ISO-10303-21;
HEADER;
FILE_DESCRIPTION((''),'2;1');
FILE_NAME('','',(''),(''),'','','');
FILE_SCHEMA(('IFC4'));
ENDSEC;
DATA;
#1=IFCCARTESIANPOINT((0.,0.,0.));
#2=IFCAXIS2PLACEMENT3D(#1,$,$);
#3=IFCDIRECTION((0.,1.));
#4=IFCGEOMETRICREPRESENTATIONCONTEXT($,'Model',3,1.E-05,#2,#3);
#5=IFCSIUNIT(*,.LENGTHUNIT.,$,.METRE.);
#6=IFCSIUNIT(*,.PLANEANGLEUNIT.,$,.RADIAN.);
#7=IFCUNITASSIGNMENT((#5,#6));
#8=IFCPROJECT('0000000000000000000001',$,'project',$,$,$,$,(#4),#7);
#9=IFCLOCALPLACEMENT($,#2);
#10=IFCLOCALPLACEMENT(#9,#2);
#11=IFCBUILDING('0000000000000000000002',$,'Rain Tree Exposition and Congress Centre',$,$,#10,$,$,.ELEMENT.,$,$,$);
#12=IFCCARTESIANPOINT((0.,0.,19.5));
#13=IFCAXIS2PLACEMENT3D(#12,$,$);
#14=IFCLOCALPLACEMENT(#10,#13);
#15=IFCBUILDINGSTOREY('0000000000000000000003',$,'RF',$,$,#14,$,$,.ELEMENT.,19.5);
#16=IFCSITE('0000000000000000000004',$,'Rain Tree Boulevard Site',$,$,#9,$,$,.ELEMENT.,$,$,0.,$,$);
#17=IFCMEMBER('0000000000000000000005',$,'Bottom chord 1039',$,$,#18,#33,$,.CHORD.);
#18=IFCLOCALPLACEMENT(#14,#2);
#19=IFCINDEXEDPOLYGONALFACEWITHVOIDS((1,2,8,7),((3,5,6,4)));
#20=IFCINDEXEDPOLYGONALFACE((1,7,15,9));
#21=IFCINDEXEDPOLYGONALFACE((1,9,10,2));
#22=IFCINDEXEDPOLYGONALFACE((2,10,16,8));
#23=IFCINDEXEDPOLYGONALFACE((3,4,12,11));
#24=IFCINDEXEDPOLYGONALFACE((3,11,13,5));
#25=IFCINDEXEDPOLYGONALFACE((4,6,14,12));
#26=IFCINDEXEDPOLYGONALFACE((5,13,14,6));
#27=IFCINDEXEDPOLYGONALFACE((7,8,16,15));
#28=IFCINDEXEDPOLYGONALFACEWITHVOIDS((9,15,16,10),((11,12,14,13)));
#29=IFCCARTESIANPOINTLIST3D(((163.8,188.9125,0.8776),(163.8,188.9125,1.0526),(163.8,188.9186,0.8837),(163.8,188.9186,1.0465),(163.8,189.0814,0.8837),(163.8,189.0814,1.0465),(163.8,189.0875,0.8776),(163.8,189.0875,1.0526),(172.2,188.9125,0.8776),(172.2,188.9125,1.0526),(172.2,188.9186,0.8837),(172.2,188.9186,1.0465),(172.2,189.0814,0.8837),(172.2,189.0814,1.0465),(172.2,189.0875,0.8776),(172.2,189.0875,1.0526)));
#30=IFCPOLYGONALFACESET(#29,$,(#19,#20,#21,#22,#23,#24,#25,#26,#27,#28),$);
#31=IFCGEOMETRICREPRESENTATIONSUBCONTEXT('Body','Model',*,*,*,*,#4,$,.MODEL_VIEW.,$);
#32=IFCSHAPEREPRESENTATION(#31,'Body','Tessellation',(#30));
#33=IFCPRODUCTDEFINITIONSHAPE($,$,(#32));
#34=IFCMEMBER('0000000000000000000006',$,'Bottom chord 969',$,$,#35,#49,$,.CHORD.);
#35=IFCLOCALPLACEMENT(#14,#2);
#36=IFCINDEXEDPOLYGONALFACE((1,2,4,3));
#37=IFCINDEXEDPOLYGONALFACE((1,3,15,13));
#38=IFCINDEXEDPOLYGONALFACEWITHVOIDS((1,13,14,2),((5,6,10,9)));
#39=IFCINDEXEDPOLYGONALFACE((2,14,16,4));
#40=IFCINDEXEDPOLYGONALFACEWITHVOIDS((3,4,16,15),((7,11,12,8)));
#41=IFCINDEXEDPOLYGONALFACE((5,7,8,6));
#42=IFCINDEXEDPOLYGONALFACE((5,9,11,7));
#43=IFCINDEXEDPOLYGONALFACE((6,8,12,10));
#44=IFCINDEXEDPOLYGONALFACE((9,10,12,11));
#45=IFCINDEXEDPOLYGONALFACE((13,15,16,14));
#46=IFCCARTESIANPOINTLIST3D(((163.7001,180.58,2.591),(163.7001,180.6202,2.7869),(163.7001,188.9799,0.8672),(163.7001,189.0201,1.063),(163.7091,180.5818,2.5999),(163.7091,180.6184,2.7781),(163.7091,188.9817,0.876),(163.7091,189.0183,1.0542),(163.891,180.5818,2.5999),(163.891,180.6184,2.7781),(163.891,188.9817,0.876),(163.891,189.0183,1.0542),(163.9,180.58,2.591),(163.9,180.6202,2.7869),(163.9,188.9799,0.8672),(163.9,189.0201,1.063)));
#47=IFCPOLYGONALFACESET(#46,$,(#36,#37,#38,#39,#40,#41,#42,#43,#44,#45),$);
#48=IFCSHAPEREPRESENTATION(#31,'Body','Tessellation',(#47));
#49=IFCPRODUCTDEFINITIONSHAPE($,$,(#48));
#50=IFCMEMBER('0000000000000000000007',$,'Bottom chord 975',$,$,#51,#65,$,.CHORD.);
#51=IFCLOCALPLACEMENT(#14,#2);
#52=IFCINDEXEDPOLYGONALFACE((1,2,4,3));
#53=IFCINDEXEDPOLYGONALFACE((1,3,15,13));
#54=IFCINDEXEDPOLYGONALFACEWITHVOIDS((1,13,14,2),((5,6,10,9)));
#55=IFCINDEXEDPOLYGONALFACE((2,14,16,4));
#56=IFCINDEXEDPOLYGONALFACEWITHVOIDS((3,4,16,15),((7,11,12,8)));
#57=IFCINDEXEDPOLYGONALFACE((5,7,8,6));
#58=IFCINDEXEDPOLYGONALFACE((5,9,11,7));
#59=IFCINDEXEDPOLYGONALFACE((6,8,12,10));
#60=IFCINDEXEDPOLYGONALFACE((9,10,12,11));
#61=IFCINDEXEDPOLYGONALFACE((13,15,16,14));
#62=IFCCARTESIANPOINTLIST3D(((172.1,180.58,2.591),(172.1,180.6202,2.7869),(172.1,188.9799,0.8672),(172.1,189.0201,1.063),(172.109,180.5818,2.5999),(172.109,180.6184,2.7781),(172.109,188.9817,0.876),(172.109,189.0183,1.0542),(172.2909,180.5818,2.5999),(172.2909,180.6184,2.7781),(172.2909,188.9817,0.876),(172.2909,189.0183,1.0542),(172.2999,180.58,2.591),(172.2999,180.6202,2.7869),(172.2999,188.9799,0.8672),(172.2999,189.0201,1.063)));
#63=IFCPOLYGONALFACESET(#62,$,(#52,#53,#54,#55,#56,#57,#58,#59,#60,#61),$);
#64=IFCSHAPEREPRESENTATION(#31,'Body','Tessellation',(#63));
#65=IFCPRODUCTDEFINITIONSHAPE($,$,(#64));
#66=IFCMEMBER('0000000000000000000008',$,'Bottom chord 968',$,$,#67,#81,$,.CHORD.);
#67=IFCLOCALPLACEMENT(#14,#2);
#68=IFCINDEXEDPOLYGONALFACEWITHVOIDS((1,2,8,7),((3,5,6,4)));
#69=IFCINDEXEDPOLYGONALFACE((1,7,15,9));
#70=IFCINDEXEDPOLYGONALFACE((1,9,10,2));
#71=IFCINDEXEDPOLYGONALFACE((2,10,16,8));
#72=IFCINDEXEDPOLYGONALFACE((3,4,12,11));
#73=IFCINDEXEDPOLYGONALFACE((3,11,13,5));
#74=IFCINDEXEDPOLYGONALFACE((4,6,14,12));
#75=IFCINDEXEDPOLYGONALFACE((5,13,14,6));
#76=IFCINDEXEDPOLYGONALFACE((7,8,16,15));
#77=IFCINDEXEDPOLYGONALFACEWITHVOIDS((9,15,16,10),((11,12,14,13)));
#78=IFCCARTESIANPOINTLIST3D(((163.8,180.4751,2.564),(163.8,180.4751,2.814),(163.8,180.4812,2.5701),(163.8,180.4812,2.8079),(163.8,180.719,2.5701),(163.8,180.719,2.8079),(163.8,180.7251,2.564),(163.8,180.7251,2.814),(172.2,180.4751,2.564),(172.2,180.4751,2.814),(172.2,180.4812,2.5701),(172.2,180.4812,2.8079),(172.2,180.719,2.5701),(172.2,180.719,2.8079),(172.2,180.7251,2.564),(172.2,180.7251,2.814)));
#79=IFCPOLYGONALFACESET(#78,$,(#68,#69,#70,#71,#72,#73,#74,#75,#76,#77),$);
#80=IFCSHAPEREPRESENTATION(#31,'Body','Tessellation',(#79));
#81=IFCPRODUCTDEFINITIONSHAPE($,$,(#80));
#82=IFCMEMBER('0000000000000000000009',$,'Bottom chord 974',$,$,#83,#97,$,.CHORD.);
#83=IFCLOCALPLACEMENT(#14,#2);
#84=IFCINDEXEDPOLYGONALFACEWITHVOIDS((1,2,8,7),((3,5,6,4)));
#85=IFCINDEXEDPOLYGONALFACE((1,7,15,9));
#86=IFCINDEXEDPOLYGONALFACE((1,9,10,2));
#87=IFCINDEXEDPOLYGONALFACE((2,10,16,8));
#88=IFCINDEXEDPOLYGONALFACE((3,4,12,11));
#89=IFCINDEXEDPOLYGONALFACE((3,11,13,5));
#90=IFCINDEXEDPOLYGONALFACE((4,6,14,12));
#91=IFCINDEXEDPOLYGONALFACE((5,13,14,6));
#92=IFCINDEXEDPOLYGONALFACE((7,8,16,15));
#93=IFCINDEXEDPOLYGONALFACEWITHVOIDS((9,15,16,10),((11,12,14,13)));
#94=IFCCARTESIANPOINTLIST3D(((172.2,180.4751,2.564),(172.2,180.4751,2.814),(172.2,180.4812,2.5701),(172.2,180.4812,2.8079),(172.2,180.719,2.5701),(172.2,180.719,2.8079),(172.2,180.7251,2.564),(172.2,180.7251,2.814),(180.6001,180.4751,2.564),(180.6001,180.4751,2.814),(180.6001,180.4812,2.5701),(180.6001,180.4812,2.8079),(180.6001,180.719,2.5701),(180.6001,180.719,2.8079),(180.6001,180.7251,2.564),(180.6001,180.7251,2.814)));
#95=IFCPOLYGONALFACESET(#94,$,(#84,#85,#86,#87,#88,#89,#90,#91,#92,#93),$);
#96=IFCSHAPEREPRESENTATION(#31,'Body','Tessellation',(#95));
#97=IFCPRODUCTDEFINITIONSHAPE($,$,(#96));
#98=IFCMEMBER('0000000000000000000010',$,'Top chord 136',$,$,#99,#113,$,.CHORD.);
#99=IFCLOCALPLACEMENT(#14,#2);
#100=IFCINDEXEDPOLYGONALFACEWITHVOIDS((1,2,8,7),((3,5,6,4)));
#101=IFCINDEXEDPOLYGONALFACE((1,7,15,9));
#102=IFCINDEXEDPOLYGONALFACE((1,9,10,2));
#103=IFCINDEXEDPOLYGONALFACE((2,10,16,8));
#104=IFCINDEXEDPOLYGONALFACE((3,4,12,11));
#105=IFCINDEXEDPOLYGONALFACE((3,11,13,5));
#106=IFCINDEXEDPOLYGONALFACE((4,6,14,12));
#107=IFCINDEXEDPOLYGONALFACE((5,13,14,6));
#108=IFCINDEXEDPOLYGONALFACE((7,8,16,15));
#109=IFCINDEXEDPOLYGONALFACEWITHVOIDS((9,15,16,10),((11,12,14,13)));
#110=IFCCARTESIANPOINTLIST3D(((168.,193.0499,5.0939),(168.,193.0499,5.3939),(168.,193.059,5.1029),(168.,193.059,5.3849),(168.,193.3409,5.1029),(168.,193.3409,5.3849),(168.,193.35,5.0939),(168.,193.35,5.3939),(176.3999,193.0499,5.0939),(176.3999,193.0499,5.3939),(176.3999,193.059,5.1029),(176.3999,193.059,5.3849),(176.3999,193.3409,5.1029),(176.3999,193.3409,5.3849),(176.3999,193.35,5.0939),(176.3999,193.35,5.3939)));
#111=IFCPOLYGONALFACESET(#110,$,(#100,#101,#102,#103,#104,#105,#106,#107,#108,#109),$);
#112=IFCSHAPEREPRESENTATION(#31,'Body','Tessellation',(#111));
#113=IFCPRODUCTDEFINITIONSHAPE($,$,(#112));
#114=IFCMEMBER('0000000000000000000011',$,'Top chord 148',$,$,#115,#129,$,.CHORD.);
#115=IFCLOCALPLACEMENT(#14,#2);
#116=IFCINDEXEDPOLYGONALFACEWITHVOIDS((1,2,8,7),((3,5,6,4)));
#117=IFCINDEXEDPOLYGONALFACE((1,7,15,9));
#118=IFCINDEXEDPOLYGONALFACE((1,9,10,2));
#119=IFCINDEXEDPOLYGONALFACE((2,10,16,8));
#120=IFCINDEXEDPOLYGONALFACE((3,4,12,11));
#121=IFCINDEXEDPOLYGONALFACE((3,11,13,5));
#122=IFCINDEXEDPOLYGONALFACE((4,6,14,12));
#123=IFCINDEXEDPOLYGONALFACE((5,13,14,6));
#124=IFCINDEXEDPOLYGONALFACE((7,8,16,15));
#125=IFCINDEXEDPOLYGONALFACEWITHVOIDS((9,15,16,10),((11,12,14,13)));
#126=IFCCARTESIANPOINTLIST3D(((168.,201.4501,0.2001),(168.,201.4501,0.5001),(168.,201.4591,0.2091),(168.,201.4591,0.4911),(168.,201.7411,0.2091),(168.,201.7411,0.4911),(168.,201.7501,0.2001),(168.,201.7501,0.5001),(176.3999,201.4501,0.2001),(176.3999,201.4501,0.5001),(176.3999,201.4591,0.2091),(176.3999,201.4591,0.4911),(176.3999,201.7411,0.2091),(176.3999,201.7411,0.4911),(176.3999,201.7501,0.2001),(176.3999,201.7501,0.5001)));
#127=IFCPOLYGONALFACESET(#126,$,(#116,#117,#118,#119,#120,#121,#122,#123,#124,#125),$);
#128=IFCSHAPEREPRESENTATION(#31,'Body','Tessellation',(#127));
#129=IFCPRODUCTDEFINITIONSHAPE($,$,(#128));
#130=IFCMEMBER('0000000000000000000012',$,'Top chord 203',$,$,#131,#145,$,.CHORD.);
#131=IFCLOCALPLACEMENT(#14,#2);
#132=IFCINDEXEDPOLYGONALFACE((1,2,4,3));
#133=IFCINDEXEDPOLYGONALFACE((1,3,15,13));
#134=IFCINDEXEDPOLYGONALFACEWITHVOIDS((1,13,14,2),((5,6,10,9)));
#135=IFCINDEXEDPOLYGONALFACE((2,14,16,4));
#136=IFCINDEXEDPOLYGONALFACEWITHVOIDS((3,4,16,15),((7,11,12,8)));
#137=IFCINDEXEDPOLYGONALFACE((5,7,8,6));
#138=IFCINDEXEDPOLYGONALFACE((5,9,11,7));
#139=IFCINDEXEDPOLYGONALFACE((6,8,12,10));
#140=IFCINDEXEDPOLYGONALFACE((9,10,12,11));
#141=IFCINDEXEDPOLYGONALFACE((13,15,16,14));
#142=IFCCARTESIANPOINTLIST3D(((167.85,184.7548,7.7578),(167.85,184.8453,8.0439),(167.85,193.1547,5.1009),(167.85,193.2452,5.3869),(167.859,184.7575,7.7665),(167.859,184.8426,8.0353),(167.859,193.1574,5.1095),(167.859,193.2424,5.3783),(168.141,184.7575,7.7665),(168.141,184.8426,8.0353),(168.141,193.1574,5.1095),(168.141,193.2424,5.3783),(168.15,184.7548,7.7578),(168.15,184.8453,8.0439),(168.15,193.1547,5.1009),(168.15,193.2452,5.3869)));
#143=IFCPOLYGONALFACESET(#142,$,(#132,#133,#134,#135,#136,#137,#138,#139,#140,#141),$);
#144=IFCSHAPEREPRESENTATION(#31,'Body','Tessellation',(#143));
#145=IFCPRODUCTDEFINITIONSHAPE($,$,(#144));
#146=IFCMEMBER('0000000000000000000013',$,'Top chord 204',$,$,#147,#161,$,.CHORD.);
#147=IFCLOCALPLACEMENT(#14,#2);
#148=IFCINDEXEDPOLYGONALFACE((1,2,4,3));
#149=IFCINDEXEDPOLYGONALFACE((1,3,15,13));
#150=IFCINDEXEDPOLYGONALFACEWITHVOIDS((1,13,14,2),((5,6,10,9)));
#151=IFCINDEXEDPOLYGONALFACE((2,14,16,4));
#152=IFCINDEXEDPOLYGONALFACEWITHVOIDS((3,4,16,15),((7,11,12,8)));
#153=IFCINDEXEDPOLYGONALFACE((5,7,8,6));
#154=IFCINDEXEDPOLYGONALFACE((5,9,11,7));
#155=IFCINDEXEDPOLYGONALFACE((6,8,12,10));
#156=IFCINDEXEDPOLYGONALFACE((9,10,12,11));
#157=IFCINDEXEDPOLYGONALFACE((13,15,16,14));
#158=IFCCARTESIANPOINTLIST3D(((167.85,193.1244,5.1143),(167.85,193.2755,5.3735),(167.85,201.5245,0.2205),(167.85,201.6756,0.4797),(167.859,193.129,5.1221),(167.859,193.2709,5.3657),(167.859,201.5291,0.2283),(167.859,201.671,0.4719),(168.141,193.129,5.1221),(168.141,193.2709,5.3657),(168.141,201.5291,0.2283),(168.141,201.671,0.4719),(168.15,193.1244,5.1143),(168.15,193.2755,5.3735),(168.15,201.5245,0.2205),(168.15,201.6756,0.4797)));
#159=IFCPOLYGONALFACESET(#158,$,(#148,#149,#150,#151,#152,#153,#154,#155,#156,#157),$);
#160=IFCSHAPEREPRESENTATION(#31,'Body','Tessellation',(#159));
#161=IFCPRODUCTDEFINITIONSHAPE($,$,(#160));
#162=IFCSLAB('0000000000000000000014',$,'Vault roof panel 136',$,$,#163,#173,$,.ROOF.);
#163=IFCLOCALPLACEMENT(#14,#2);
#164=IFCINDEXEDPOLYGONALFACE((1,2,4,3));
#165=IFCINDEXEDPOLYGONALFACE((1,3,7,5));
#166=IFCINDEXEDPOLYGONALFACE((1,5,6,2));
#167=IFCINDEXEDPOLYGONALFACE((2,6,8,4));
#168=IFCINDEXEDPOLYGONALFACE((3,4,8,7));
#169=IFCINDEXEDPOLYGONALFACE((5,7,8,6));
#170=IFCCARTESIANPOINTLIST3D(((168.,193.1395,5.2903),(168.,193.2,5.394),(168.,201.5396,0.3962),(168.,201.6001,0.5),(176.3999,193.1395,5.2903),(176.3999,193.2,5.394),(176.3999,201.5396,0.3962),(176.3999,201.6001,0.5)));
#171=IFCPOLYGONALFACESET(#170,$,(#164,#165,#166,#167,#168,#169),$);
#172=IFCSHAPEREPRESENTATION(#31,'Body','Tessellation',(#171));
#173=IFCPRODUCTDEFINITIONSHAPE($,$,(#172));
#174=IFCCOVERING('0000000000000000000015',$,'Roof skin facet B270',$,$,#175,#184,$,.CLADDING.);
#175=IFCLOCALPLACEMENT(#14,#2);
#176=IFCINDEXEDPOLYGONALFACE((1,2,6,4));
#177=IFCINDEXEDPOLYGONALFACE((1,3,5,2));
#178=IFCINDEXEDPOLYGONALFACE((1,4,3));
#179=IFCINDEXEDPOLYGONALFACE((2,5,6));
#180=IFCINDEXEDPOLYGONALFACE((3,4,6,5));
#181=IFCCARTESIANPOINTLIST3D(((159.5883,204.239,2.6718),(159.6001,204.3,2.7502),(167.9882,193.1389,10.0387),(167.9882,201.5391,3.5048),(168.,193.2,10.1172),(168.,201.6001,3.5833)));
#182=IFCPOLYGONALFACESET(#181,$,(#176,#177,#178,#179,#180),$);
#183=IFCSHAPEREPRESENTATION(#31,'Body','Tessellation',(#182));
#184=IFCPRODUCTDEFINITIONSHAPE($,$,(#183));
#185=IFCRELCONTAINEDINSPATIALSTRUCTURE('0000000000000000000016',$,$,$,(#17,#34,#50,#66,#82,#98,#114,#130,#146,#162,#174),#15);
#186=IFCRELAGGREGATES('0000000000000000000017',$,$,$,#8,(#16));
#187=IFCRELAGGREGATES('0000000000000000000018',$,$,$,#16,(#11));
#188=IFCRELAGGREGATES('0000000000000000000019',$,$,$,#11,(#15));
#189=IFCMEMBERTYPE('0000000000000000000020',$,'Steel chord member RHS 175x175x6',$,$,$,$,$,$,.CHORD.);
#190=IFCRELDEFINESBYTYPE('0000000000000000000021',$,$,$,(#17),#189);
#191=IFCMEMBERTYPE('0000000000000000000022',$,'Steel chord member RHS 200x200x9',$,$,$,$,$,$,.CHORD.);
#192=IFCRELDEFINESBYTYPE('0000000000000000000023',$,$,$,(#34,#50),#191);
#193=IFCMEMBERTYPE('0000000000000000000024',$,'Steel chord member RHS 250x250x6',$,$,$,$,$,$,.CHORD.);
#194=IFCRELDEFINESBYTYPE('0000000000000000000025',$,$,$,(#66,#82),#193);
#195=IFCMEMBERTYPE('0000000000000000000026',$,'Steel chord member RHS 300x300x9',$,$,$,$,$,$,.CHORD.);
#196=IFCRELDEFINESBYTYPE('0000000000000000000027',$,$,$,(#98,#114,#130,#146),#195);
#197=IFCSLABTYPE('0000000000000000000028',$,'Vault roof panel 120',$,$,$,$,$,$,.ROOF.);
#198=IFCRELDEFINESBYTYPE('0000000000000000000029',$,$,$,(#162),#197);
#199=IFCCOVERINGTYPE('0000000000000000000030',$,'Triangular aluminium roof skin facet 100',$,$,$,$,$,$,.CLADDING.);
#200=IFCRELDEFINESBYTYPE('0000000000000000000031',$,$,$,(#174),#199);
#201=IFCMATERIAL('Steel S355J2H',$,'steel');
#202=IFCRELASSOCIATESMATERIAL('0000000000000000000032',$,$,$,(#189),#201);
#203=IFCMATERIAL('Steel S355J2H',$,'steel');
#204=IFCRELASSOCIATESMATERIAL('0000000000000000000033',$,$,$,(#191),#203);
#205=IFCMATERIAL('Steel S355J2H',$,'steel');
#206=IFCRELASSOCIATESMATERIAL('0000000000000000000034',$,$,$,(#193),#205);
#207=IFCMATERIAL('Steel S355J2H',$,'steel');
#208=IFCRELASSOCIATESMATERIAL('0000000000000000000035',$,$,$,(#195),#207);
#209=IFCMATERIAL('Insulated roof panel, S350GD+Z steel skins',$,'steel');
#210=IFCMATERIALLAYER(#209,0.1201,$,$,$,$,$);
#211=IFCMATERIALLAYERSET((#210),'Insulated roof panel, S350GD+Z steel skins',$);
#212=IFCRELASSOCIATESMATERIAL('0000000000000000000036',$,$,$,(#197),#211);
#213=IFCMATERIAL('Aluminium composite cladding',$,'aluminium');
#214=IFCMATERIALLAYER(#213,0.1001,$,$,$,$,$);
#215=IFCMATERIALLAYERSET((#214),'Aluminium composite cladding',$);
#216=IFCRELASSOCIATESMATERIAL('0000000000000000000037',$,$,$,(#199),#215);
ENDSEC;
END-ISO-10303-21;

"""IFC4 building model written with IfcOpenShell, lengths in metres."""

from ifc_helpers import new_model, si_unit, direction, frame, origin, origin_2d, place, context, subcontext, project, spatial, polyline, hollow_rectangle, outline, extrude, material, layer, layer_set, material_profile, profile_set, type_object, element, save


model = new_model("IFC4")

# Units and contexts
model_context = context("Model", 3, precision=1e-05, world=origin(), true_north=direction((0.0, 1.0)))
body_context = subcontext(model_context, "Body", "Model", "MODEL_VIEW")
ifc_project = project(units=[si_unit("LENGTHUNIT", "METRE"), si_unit("PLANEANGLEUNIT", "RADIAN")], contexts=[model_context])

# Site, building, storey
site_placement = place(None, origin())
site = spatial("IfcSite", under=ifc_project, at=site_placement, Name="Rain Tree Boulevard Site", CompositionType="ELEMENT", RefElevation=0.0)
building_placement = place(site_placement, origin())
building = spatial("IfcBuilding", under=site, at=building_placement, Name="Rain Tree Exposition and Congress Centre", CompositionType="ELEMENT")
storey_placement = place(building_placement, frame((0.0, 0.0, 19.5)))
storey = spatial("IfcBuildingStorey", under=building, at=storey_placement, Name="RF", CompositionType="ELEMENT", Elevation=19.5)

# Members
ifc_material_1 = material(Name="Steel S355J2H", Category="steel")
ifc_material_profile_1 = material_profile(ifc_material_1, hollow_rectangle(XDim=0.175, YDim=0.175, WallThickness=0.0061, at=origin_2d()), Name="RHS 175x175x6")
ifc_profile_set_1 = profile_set([ifc_material_profile_1], Name="Steel S355J2H")
member_type_1 = type_object("IfcMemberType", Name="Steel chord member RHS 175x175x6", PredefinedType="CHORD", material=ifc_profile_set_1)
member_1_placement = place(storey_placement, frame((163.8, 189.0, 0.9651), z_axis=(1.0, 0.0, 0.0), x_axis=(0.0, 1.0, 0.0)))
element("IfcMember", 1, at=member_1_placement, inside=storey, type_object=member_type_1, Name="Bottom chord 1039", PredefinedType="CHORD", context=body_context, shape_type="SweptSolid", body=[
    extrude(hollow_rectangle(XDim=0.175, YDim=0.175, WallThickness=0.0061, at=origin_2d()), origin(), (0.0, 0.0, 1.0), 8.3999),
])
ifc_material_2 = material(Name="Steel S355J2H", Category="steel")
ifc_material_profile_2 = material_profile(ifc_material_2, hollow_rectangle(XDim=0.2, YDim=0.2, WallThickness=0.009, at=origin_2d()), Name="RHS 200x200x9")
ifc_profile_set_2 = profile_set([ifc_material_profile_2], Name="Steel S355J2H")
member_type_2 = type_object("IfcMemberType", Name="Steel chord member RHS 200x200x9", PredefinedType="CHORD", material=ifc_profile_set_2)
for number, where, z_axis, x_axis, name in (
    (2, (163.8, 180.6001, 2.689), (0.0, 0.979584, -0.201036), (-1.0, 0.0, 0.0), "Bottom chord 969"),
    (3, (172.2, 180.6001, 2.689), (0.0, 0.979584, -0.201036), (-1.0, 0.0, 0.0), "Bottom chord 975"),
):
    element("IfcMember", number, at=place(storey_placement, frame(where, z_axis=z_axis, x_axis=x_axis)), inside=storey, type_object=member_type_2, Name=name, PredefinedType="CHORD", context=body_context, shape_type="SweptSolid", body=[
        extrude(hollow_rectangle(XDim=0.2, YDim=0.2, WallThickness=0.009, at=origin_2d()), origin(), (0.0, 0.0, 1.0), 8.575),
    ])
ifc_material_3 = material(Name="Steel S355J2H", Category="steel")
ifc_material_profile_3 = material_profile(ifc_material_3, hollow_rectangle(XDim=0.25, YDim=0.25, WallThickness=0.0061, at=origin_2d()), Name="RHS 250x250x6")
ifc_profile_set_3 = profile_set([ifc_material_profile_3], Name="Steel S355J2H")
member_type_3 = type_object("IfcMemberType", Name="Steel chord member RHS 250x250x6", PredefinedType="CHORD", material=ifc_profile_set_3)
member_2_placement = place(storey_placement, frame((163.8, 180.6001, 2.689), z_axis=(1.0, 0.0, 0.0), x_axis=(0.0, 1.0, 0.0)))
element("IfcMember", 4, at=member_2_placement, inside=storey, type_object=member_type_3, Name="Bottom chord 968", PredefinedType="CHORD", context=body_context, shape_type="SweptSolid", body=[
    extrude(hollow_rectangle(XDim=0.25, YDim=0.25, WallThickness=0.0061, at=origin_2d()), origin(), (0.0, 0.0, 1.0), 8.3999),
])
member_3_placement = place(storey_placement, frame((172.2, 180.6001, 2.689), z_axis=(1.0, 0.0, 0.0), x_axis=(0.0, 1.0, 0.0)))
element("IfcMember", 5, at=member_3_placement, inside=storey, type_object=member_type_3, Name="Bottom chord 974", PredefinedType="CHORD", context=body_context, shape_type="SweptSolid", body=[
    extrude(hollow_rectangle(XDim=0.25, YDim=0.25, WallThickness=0.0061, at=origin_2d()), origin(), (0.0, 0.0, 1.0), 8.4001),
])
ifc_material_4 = material(Name="Steel S355J2H", Category="steel")
ifc_material_profile_4 = material_profile(ifc_material_4, hollow_rectangle(XDim=0.3, YDim=0.3, WallThickness=0.009, at=origin_2d()), Name="RHS 300x300x9")
ifc_profile_set_4 = profile_set([ifc_material_profile_4], Name="Steel S355J2H")
member_type_4 = type_object("IfcMemberType", Name="Steel chord member RHS 300x300x9", PredefinedType="CHORD", material=ifc_profile_set_4)
for number, where, z_axis, x_axis, name in (
    (6, (168.0, 193.2, 5.2439), (1.0, 0.0, 0.0), (0.0, 1.0, 0.0), "Top chord 136"),
    (7, (168.0, 201.6001, 0.3501), (1.0, 0.0, 0.0), (0.0, 1.0, 0.0), "Top chord 148"),
):
    element("IfcMember", number, at=place(storey_placement, frame(where, z_axis=z_axis, x_axis=x_axis)), inside=storey, type_object=member_type_4, Name=name, PredefinedType="CHORD", context=body_context, shape_type="SweptSolid", body=[
        extrude(hollow_rectangle(XDim=0.3, YDim=0.3, WallThickness=0.009, at=origin_2d()), origin(), (0.0, 0.0, 1.0), 8.3999),
    ])
member_4_placement = place(storey_placement, frame((168.0, 184.8, 7.9009), z_axis=(0.0, 0.95344, -0.301584), x_axis=(-1.0, 0.0, 0.0)))
element("IfcMember", 8, at=member_4_placement, inside=storey, type_object=member_type_4, Name="Top chord 203", PredefinedType="CHORD", context=body_context, shape_type="SweptSolid", body=[
    extrude(hollow_rectangle(XDim=0.3, YDim=0.3, WallThickness=0.009, at=origin_2d()), origin(), (0.0, 0.0, 1.0), 8.8101),
])
member_5_placement = place(storey_placement, frame((168.0, 193.2, 5.2439), z_axis=(0.0, 0.86406, -0.503388), x_axis=(-1.0, 0.0, 0.0)))
element("IfcMember", 9, at=member_5_placement, inside=storey, type_object=member_type_4, Name="Top chord 204", PredefinedType="CHORD", context=body_context, shape_type="SweptSolid", body=[
    extrude(hollow_rectangle(XDim=0.3, YDim=0.3, WallThickness=0.009, at=origin_2d()), origin(), (0.0, 0.0, 1.0), 9.7217),
])

# Slab
ifc_material_5 = material(Name="Insulated roof panel, S350GD+Z steel skins", Category="steel")
ifc_layer_1 = layer(ifc_material_5, 0.1201)
ifc_layer_set_1 = layer_set([ifc_layer_1], Name="Insulated roof panel, S350GD+Z steel skins")
slab_type = type_object("IfcSlabType", Name="Vault roof panel 120", PredefinedType="ROOF", material=ifc_layer_set_1)
slab_placement = place(storey_placement, frame((168.0, 193.2, 5.394), z_axis=(0.0, 0.503407, 0.864049), x_axis=(1.0, 0.0, 0.0)))
element("IfcSlab", 10, at=slab_placement, inside=storey, type_object=slab_type, Name="Vault roof panel 136", PredefinedType="ROOF", context=body_context, shape_type="SweptSolid", body=[
    extrude(outline(polyline([(0.0, 0.0), (8.3999, 0.0), (8.3999, 9.7218), (0.0, 9.7218), (0.0, 0.0)])), origin(), (0.0, 0.0, -1.0), 0.1201),
])

# Covering
ifc_material_6 = material(Name="Aluminium composite cladding", Category="aluminium")
ifc_layer_2 = layer(ifc_material_6, 0.1001)
ifc_layer_set_2 = layer_set([ifc_layer_2], Name="Aluminium composite cladding")
covering_type = type_object("IfcCoveringType", Name="Triangular aluminium roof skin facet 100", PredefinedType="CLADDING", material=ifc_layer_set_2)
covering_1_placement = place(storey_placement, frame((168.0, 193.2, 10.1172), z_axis=(0.118234, 0.609663, 0.783793), x_axis=(0.0, 0.78933, -0.613969)))
element("IfcCovering", 11, at=covering_1_placement, inside=storey, type_object=covering_type, Name="Roof skin facet B270", PredefinedType="CLADDING", context=body_context, shape_type="SweptSolid", body=[
    extrude(outline(polyline([(0.0, 0.0), (10.6421, 0.0), (13.2847, 8.4592), (0.0, 0.0)])), origin(), (0.0, 0.0, -1.0), 0.1001),
])

save(model, "model.ifc")
